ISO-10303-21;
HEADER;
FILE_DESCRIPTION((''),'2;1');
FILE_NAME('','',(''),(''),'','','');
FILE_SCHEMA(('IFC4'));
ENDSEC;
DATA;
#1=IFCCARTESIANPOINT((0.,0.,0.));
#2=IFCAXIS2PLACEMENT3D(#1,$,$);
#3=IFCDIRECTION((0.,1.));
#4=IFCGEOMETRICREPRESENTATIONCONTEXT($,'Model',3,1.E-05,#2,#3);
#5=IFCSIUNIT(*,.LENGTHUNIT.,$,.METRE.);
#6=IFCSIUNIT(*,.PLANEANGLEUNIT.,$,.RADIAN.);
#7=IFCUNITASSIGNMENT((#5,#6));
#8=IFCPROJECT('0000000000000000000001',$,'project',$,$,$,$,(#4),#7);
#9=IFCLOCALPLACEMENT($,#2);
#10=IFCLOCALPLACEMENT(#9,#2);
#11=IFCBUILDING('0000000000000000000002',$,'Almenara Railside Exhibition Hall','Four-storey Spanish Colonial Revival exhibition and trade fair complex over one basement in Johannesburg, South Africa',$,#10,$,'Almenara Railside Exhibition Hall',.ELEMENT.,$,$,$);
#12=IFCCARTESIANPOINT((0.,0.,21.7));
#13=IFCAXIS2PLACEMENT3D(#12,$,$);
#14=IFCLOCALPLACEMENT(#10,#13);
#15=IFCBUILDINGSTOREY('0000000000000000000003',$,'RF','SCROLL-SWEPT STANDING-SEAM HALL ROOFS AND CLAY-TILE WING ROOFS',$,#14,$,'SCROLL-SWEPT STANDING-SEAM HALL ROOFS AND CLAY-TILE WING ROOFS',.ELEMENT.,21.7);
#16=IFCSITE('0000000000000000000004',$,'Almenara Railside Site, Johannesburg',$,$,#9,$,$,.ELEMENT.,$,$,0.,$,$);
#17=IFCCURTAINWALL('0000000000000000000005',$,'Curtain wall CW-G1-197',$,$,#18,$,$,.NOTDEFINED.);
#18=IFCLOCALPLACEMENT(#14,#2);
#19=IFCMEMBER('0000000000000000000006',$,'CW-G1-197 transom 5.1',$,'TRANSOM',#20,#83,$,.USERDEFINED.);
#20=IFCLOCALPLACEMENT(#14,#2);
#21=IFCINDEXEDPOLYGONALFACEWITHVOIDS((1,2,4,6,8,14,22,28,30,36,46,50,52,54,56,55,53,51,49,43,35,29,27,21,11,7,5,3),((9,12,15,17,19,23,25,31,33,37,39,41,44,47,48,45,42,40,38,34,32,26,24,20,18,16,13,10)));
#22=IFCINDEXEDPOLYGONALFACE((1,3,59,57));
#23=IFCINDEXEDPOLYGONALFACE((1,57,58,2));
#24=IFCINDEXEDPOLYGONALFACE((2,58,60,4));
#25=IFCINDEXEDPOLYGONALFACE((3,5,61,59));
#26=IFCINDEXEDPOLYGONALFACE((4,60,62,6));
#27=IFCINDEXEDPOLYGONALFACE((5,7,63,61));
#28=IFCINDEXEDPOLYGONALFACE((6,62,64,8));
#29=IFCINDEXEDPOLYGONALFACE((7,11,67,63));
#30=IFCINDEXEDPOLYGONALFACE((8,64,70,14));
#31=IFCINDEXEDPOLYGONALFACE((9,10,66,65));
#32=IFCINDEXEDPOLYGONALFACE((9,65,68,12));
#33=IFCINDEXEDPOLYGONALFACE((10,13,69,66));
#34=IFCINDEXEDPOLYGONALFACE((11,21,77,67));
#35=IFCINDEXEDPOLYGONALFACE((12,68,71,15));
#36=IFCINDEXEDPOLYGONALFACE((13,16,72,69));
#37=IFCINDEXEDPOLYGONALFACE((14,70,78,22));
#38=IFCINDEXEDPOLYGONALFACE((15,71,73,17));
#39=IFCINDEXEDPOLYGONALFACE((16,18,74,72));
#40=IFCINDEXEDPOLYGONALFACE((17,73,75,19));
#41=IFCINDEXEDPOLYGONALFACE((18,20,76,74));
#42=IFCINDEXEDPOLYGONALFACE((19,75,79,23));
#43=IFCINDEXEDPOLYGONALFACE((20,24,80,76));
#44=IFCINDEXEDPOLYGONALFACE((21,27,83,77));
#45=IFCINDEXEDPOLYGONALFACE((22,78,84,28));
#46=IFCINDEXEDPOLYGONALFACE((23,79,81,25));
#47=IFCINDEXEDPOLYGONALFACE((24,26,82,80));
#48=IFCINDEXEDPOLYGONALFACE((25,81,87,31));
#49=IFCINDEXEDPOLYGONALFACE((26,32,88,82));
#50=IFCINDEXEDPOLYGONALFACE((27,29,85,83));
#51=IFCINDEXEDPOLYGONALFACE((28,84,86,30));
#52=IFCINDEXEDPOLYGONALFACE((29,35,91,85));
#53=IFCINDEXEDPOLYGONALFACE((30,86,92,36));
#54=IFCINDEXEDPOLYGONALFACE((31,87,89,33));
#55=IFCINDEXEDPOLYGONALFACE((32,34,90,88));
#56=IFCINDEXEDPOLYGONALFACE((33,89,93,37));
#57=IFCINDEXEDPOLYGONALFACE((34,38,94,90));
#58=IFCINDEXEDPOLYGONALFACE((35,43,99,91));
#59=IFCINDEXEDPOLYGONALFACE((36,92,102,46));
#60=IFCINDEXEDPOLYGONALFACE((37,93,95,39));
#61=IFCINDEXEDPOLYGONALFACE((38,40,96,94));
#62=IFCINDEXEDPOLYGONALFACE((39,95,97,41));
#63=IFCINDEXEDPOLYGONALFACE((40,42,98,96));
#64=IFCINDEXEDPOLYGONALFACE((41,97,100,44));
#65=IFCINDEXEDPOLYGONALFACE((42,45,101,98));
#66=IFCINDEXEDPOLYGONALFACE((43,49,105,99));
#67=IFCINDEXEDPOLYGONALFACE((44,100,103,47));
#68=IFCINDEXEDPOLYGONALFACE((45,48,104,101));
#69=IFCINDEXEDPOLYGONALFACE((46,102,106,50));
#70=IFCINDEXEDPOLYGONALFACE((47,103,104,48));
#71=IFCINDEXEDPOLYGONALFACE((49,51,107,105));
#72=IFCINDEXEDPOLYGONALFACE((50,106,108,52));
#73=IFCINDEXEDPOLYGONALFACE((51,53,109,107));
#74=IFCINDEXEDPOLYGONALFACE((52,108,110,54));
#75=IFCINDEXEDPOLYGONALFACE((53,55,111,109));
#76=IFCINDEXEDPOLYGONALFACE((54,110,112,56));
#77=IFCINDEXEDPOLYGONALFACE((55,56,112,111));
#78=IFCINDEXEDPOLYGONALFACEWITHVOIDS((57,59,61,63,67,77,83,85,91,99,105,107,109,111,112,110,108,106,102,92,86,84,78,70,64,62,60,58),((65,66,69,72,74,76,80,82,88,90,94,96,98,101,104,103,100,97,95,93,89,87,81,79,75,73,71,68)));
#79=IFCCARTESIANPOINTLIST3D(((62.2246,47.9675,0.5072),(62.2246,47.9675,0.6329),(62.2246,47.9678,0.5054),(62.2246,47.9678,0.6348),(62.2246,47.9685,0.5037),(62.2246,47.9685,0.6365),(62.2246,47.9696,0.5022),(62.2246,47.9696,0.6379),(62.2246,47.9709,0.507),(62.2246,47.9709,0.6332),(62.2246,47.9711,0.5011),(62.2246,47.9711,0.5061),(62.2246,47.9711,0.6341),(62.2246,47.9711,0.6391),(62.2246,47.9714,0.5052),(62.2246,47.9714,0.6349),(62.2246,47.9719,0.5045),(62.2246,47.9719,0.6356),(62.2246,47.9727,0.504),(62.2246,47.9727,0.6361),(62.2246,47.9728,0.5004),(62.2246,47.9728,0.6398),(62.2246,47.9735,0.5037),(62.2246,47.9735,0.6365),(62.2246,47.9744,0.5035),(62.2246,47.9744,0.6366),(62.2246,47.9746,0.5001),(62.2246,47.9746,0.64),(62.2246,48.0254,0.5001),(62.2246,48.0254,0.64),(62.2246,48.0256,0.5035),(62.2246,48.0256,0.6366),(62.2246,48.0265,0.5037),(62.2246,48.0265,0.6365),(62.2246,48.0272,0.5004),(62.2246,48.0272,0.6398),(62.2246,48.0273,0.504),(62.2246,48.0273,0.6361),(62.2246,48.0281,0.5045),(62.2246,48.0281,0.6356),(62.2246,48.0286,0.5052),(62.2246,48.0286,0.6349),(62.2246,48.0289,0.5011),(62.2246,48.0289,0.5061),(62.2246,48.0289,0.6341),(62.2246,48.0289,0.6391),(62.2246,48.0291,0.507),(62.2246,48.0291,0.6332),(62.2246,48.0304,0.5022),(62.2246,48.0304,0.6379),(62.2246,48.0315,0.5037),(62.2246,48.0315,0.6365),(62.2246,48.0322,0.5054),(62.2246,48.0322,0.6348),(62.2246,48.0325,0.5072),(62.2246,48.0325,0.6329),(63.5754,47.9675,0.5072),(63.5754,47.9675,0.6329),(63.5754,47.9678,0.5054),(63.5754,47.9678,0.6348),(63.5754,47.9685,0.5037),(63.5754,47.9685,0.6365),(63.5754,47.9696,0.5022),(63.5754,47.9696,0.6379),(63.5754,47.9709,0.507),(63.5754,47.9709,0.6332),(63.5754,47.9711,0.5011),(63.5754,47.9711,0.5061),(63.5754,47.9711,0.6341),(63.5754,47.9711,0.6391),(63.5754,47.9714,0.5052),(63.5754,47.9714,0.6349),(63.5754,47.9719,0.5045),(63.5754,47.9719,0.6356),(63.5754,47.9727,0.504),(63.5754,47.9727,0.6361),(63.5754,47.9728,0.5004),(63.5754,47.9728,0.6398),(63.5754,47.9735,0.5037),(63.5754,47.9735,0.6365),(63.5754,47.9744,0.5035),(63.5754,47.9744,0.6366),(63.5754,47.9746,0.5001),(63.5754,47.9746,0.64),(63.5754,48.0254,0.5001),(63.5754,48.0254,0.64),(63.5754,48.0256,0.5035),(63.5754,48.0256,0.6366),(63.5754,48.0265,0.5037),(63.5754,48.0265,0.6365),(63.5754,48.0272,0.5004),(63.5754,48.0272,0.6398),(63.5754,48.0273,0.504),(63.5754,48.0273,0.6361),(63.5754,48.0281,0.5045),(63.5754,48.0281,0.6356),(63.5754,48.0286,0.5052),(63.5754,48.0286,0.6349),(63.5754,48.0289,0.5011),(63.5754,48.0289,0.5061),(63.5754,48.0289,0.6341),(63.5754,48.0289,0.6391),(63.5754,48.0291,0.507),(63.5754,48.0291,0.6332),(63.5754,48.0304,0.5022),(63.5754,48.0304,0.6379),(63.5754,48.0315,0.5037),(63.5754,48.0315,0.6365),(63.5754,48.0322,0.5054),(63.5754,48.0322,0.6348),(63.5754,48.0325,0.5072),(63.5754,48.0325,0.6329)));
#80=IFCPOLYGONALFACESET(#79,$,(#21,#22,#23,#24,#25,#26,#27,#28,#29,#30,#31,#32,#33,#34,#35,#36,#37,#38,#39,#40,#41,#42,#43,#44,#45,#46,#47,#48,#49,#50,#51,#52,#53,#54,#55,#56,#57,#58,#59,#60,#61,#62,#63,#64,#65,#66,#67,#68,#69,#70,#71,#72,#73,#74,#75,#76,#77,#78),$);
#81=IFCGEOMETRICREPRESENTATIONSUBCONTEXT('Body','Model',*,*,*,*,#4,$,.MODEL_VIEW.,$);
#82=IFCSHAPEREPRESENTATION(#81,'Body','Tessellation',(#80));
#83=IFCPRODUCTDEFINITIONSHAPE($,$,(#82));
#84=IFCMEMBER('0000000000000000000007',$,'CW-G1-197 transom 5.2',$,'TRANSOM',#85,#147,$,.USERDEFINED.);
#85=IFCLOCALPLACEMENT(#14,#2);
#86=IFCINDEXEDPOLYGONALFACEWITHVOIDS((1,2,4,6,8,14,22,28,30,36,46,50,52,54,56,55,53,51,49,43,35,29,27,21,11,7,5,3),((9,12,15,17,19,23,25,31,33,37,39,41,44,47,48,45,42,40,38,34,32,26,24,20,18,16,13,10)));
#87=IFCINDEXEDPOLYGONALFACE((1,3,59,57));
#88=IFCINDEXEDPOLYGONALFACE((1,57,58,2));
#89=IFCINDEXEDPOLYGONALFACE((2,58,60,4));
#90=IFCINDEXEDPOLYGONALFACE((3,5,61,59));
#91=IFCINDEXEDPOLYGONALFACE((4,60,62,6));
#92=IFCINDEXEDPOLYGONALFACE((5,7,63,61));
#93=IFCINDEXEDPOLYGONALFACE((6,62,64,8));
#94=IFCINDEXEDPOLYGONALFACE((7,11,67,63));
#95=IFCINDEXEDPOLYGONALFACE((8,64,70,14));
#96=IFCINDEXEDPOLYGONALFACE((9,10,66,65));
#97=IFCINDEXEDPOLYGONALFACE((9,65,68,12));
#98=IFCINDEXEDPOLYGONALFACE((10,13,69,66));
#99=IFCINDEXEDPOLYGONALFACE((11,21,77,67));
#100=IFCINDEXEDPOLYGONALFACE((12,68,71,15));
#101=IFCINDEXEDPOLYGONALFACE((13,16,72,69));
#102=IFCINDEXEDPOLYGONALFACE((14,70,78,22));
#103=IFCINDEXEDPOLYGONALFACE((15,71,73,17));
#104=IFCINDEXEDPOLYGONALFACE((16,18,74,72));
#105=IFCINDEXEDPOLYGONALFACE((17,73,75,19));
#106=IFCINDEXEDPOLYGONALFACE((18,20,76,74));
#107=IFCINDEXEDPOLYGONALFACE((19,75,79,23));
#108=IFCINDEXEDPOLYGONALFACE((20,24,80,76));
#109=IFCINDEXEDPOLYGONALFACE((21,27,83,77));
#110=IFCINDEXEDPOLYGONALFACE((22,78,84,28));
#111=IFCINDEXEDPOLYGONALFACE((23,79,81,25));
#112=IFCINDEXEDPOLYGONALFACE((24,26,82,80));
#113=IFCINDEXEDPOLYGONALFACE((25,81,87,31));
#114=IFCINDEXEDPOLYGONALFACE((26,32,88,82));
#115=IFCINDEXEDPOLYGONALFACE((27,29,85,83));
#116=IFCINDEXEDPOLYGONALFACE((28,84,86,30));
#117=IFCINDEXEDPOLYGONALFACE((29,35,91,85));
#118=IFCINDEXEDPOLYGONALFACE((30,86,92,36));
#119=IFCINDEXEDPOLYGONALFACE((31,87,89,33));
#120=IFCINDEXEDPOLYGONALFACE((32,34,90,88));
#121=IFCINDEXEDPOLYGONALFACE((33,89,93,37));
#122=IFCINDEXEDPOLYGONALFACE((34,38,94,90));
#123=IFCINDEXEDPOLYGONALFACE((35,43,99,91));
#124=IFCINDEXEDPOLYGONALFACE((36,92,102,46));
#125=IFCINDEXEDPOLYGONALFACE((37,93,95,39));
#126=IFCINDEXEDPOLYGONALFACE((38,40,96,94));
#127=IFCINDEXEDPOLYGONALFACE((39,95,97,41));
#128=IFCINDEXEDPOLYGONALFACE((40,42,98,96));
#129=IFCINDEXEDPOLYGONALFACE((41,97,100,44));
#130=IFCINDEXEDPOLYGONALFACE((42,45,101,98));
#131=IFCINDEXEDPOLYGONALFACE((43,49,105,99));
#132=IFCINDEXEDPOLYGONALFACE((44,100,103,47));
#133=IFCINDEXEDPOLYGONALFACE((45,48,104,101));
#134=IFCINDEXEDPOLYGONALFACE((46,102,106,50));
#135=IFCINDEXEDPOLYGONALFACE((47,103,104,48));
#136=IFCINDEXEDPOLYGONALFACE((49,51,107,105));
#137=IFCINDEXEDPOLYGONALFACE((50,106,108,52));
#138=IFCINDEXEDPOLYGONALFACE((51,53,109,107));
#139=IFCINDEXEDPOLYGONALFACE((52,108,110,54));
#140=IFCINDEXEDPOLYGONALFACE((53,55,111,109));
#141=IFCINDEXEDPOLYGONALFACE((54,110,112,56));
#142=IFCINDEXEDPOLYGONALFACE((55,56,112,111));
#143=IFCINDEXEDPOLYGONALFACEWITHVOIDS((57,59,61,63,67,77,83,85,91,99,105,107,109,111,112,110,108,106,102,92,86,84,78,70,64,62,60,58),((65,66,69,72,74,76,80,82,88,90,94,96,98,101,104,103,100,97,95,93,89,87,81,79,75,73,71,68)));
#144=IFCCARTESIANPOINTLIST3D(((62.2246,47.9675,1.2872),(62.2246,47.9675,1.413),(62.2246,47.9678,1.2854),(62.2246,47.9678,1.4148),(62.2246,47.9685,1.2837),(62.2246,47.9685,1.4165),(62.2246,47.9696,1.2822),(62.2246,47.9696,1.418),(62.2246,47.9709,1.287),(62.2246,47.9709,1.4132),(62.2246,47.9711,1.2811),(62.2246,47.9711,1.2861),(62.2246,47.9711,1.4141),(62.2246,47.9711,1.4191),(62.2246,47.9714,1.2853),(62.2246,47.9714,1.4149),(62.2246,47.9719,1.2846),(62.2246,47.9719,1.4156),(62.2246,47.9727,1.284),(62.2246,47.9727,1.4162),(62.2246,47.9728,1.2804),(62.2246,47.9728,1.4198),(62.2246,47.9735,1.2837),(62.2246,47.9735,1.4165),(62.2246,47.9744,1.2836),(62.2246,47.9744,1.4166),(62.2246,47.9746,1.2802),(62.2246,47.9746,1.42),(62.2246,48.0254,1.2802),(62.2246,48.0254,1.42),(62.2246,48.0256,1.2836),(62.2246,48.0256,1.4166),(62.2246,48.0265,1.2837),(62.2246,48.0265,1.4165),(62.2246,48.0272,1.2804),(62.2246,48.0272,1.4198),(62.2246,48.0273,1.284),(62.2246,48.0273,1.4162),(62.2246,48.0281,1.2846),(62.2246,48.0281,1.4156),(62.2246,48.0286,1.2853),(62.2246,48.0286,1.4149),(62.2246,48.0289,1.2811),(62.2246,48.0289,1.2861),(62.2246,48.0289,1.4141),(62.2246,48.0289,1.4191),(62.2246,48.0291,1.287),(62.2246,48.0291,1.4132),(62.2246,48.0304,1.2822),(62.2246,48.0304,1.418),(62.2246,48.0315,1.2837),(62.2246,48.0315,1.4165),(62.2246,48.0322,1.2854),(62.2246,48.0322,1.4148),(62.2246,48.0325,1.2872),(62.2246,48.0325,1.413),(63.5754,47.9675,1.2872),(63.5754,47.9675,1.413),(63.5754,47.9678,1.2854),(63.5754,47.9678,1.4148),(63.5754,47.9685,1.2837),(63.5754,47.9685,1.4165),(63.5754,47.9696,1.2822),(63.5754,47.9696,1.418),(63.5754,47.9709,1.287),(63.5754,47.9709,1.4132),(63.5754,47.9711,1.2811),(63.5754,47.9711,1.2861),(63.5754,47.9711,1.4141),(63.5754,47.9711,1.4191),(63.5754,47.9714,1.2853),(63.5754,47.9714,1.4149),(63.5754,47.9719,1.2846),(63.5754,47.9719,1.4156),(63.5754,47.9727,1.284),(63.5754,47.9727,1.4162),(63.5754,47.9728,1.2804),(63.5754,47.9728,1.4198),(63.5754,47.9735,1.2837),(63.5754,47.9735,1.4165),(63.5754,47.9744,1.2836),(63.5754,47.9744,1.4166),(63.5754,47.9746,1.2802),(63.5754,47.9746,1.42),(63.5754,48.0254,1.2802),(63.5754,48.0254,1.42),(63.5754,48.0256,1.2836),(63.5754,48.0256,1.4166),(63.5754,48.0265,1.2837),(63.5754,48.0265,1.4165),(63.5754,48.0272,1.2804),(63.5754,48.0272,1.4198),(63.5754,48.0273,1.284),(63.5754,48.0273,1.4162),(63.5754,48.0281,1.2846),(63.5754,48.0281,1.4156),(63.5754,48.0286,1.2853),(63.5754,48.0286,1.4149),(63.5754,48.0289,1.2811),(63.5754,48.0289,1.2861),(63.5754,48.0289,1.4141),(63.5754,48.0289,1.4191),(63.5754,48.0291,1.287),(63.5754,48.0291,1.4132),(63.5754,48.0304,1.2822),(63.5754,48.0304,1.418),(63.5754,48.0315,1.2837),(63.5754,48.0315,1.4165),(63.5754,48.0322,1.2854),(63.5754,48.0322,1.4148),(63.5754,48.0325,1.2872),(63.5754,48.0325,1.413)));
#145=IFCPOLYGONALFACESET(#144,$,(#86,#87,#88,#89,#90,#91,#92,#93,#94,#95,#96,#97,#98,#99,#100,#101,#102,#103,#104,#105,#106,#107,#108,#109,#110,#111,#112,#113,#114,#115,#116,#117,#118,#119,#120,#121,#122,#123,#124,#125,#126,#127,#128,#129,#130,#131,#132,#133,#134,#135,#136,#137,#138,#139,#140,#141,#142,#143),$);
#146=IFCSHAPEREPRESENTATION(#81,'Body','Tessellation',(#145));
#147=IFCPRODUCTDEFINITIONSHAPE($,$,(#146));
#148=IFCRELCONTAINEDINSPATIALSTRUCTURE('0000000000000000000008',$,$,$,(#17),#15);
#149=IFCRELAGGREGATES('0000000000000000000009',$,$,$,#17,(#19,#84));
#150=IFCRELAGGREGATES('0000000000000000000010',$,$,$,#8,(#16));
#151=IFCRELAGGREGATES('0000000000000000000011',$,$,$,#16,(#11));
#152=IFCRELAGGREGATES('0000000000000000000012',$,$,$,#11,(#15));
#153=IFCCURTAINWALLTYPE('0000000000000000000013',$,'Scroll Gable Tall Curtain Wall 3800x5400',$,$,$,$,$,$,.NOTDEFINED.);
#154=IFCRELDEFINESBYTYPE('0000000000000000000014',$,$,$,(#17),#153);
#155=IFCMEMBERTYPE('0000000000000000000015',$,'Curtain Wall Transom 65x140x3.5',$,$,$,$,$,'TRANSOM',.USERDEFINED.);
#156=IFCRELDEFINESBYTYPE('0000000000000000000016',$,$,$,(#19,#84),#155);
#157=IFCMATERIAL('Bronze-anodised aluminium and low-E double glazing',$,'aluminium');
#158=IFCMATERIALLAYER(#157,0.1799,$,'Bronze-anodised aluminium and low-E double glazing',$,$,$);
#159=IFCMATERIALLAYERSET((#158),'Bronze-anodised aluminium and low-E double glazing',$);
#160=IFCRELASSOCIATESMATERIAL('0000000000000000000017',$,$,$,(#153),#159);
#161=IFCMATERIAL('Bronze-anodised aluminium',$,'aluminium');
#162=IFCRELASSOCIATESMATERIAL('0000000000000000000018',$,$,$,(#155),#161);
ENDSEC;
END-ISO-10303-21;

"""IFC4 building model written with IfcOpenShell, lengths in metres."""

from ifc_helpers import new_model, si_unit, direction, frame, origin, origin_2d, place, context, subcontext, project, spatial, hollow_rectangle, extrude, material, layer, layer_set, material_profile, profile_set, type_object, element, aggregate, save


model = new_model("IFC4")

# Units and contexts
model_context = context("Model", 3, precision=1e-05, world=origin(), true_north=direction((0.0, 1.0)))
body_context = subcontext(model_context, "Body", "Model", "MODEL_VIEW")
ifc_project = project(units=[si_unit("LENGTHUNIT", "METRE"), si_unit("PLANEANGLEUNIT", "RADIAN")], contexts=[model_context])

# Site, building, storey
site_placement = place(None, origin())
site = spatial("IfcSite", under=ifc_project, at=site_placement, Name="Almenara Railside Site, Johannesburg", CompositionType="ELEMENT", RefElevation=0.0)
building_placement = place(site_placement, origin())
building = spatial("IfcBuilding", under=site, at=building_placement, Name="Almenara Railside Exhibition Hall", Description="Four-storey Spanish Colonial Revival exhibition and trade fair complex over one basement in Johannesburg, South Africa", LongName="Almenara Railside Exhibition Hall", CompositionType="ELEMENT")
storey_placement = place(building_placement, frame((0.0, 0.0, 21.7)))
storey = spatial("IfcBuildingStorey", under=building, at=storey_placement, Name="RF", Description="SCROLL-SWEPT STANDING-SEAM HALL ROOFS AND CLAY-TILE WING ROOFS", LongName="SCROLL-SWEPT STANDING-SEAM HALL ROOFS AND CLAY-TILE WING ROOFS", CompositionType="ELEMENT", Elevation=21.7)

# Curtain wall, members
ifc_material_1 = material(Name="Bronze-anodised aluminium and low-E double glazing", Category="aluminium")
ifc_layer_1 = layer(ifc_material_1, 0.1799, Name="Bronze-anodised aluminium and low-E double glazing")
ifc_layer_set_1 = layer_set([ifc_layer_1], Name="Bronze-anodised aluminium and low-E double glazing")
curtain_wall_type = type_object("IfcCurtainWallType", Name="Scroll Gable Tall Curtain Wall 3800x5400", PredefinedType="NOTDEFINED", material=ifc_layer_set_1)
curtain_wall_placement = place(storey_placement, origin())
curtain_wall = element("IfcCurtainWall", 1, at=curtain_wall_placement, inside=storey, type_object=curtain_wall_type, Name="Curtain wall CW-G1-197", PredefinedType="NOTDEFINED")
ifc_material_2 = material(Name="Bronze-anodised aluminium", Category="aluminium")
ifc_material_profile_1 = material_profile(ifc_material_2, hollow_rectangle(XDim=0.0649, YDim=0.1399, WallThickness=0.0034, InnerFilletRadius=0.0034, OuterFilletRadius=0.0071, at=origin_2d()), Name="ALU-TRN 65x140x3.5")
ifc_profile_set_1 = profile_set([ifc_material_profile_1], Name="Bronze-anodised aluminium")
member_type_1 = type_object("IfcMemberType", Name="Curtain Wall Transom 65x140x3.5", ElementType="TRANSOM", PredefinedType="USERDEFINED", material=ifc_profile_set_1)
member_1_placement = place(storey_placement, frame((62.2246, 48.0, 0.5701), z_axis=(1.0, 0.0, 0.0), x_axis=(0.0, 1.0, 0.0)))
member_1 = element("IfcMember", 2, at=member_1_placement, type_object=member_type_1, Name="CW-G1-197 transom 5.1", ObjectType="TRANSOM", PredefinedType="USERDEFINED", context=body_context, shape_type="SweptSolid", body=[
    extrude(hollow_rectangle(XDim=0.0649, YDim=0.1399, WallThickness=0.0034, InnerFilletRadius=0.0034, OuterFilletRadius=0.0071, at=origin_2d()), origin(), (0.0, 0.0, 1.0), 1.3508),
])
member_2_placement = place(storey_placement, frame((62.2246, 48.0, 1.3501), z_axis=(1.0, 0.0, 0.0), x_axis=(0.0, 1.0, 0.0)))
member_2 = element("IfcMember", 3, at=member_2_placement, type_object=member_type_1, Name="CW-G1-197 transom 5.2", ObjectType="TRANSOM", PredefinedType="USERDEFINED", context=body_context, shape_type="SweptSolid", body=[
    extrude(hollow_rectangle(XDim=0.0649, YDim=0.1399, WallThickness=0.0034, InnerFilletRadius=0.0034, OuterFilletRadius=0.0071, at=origin_2d()), origin(), (0.0, 0.0, 1.0), 1.3508),
])

aggregate(curtain_wall, [member_1, member_2])

save(model, "model.ifc")
